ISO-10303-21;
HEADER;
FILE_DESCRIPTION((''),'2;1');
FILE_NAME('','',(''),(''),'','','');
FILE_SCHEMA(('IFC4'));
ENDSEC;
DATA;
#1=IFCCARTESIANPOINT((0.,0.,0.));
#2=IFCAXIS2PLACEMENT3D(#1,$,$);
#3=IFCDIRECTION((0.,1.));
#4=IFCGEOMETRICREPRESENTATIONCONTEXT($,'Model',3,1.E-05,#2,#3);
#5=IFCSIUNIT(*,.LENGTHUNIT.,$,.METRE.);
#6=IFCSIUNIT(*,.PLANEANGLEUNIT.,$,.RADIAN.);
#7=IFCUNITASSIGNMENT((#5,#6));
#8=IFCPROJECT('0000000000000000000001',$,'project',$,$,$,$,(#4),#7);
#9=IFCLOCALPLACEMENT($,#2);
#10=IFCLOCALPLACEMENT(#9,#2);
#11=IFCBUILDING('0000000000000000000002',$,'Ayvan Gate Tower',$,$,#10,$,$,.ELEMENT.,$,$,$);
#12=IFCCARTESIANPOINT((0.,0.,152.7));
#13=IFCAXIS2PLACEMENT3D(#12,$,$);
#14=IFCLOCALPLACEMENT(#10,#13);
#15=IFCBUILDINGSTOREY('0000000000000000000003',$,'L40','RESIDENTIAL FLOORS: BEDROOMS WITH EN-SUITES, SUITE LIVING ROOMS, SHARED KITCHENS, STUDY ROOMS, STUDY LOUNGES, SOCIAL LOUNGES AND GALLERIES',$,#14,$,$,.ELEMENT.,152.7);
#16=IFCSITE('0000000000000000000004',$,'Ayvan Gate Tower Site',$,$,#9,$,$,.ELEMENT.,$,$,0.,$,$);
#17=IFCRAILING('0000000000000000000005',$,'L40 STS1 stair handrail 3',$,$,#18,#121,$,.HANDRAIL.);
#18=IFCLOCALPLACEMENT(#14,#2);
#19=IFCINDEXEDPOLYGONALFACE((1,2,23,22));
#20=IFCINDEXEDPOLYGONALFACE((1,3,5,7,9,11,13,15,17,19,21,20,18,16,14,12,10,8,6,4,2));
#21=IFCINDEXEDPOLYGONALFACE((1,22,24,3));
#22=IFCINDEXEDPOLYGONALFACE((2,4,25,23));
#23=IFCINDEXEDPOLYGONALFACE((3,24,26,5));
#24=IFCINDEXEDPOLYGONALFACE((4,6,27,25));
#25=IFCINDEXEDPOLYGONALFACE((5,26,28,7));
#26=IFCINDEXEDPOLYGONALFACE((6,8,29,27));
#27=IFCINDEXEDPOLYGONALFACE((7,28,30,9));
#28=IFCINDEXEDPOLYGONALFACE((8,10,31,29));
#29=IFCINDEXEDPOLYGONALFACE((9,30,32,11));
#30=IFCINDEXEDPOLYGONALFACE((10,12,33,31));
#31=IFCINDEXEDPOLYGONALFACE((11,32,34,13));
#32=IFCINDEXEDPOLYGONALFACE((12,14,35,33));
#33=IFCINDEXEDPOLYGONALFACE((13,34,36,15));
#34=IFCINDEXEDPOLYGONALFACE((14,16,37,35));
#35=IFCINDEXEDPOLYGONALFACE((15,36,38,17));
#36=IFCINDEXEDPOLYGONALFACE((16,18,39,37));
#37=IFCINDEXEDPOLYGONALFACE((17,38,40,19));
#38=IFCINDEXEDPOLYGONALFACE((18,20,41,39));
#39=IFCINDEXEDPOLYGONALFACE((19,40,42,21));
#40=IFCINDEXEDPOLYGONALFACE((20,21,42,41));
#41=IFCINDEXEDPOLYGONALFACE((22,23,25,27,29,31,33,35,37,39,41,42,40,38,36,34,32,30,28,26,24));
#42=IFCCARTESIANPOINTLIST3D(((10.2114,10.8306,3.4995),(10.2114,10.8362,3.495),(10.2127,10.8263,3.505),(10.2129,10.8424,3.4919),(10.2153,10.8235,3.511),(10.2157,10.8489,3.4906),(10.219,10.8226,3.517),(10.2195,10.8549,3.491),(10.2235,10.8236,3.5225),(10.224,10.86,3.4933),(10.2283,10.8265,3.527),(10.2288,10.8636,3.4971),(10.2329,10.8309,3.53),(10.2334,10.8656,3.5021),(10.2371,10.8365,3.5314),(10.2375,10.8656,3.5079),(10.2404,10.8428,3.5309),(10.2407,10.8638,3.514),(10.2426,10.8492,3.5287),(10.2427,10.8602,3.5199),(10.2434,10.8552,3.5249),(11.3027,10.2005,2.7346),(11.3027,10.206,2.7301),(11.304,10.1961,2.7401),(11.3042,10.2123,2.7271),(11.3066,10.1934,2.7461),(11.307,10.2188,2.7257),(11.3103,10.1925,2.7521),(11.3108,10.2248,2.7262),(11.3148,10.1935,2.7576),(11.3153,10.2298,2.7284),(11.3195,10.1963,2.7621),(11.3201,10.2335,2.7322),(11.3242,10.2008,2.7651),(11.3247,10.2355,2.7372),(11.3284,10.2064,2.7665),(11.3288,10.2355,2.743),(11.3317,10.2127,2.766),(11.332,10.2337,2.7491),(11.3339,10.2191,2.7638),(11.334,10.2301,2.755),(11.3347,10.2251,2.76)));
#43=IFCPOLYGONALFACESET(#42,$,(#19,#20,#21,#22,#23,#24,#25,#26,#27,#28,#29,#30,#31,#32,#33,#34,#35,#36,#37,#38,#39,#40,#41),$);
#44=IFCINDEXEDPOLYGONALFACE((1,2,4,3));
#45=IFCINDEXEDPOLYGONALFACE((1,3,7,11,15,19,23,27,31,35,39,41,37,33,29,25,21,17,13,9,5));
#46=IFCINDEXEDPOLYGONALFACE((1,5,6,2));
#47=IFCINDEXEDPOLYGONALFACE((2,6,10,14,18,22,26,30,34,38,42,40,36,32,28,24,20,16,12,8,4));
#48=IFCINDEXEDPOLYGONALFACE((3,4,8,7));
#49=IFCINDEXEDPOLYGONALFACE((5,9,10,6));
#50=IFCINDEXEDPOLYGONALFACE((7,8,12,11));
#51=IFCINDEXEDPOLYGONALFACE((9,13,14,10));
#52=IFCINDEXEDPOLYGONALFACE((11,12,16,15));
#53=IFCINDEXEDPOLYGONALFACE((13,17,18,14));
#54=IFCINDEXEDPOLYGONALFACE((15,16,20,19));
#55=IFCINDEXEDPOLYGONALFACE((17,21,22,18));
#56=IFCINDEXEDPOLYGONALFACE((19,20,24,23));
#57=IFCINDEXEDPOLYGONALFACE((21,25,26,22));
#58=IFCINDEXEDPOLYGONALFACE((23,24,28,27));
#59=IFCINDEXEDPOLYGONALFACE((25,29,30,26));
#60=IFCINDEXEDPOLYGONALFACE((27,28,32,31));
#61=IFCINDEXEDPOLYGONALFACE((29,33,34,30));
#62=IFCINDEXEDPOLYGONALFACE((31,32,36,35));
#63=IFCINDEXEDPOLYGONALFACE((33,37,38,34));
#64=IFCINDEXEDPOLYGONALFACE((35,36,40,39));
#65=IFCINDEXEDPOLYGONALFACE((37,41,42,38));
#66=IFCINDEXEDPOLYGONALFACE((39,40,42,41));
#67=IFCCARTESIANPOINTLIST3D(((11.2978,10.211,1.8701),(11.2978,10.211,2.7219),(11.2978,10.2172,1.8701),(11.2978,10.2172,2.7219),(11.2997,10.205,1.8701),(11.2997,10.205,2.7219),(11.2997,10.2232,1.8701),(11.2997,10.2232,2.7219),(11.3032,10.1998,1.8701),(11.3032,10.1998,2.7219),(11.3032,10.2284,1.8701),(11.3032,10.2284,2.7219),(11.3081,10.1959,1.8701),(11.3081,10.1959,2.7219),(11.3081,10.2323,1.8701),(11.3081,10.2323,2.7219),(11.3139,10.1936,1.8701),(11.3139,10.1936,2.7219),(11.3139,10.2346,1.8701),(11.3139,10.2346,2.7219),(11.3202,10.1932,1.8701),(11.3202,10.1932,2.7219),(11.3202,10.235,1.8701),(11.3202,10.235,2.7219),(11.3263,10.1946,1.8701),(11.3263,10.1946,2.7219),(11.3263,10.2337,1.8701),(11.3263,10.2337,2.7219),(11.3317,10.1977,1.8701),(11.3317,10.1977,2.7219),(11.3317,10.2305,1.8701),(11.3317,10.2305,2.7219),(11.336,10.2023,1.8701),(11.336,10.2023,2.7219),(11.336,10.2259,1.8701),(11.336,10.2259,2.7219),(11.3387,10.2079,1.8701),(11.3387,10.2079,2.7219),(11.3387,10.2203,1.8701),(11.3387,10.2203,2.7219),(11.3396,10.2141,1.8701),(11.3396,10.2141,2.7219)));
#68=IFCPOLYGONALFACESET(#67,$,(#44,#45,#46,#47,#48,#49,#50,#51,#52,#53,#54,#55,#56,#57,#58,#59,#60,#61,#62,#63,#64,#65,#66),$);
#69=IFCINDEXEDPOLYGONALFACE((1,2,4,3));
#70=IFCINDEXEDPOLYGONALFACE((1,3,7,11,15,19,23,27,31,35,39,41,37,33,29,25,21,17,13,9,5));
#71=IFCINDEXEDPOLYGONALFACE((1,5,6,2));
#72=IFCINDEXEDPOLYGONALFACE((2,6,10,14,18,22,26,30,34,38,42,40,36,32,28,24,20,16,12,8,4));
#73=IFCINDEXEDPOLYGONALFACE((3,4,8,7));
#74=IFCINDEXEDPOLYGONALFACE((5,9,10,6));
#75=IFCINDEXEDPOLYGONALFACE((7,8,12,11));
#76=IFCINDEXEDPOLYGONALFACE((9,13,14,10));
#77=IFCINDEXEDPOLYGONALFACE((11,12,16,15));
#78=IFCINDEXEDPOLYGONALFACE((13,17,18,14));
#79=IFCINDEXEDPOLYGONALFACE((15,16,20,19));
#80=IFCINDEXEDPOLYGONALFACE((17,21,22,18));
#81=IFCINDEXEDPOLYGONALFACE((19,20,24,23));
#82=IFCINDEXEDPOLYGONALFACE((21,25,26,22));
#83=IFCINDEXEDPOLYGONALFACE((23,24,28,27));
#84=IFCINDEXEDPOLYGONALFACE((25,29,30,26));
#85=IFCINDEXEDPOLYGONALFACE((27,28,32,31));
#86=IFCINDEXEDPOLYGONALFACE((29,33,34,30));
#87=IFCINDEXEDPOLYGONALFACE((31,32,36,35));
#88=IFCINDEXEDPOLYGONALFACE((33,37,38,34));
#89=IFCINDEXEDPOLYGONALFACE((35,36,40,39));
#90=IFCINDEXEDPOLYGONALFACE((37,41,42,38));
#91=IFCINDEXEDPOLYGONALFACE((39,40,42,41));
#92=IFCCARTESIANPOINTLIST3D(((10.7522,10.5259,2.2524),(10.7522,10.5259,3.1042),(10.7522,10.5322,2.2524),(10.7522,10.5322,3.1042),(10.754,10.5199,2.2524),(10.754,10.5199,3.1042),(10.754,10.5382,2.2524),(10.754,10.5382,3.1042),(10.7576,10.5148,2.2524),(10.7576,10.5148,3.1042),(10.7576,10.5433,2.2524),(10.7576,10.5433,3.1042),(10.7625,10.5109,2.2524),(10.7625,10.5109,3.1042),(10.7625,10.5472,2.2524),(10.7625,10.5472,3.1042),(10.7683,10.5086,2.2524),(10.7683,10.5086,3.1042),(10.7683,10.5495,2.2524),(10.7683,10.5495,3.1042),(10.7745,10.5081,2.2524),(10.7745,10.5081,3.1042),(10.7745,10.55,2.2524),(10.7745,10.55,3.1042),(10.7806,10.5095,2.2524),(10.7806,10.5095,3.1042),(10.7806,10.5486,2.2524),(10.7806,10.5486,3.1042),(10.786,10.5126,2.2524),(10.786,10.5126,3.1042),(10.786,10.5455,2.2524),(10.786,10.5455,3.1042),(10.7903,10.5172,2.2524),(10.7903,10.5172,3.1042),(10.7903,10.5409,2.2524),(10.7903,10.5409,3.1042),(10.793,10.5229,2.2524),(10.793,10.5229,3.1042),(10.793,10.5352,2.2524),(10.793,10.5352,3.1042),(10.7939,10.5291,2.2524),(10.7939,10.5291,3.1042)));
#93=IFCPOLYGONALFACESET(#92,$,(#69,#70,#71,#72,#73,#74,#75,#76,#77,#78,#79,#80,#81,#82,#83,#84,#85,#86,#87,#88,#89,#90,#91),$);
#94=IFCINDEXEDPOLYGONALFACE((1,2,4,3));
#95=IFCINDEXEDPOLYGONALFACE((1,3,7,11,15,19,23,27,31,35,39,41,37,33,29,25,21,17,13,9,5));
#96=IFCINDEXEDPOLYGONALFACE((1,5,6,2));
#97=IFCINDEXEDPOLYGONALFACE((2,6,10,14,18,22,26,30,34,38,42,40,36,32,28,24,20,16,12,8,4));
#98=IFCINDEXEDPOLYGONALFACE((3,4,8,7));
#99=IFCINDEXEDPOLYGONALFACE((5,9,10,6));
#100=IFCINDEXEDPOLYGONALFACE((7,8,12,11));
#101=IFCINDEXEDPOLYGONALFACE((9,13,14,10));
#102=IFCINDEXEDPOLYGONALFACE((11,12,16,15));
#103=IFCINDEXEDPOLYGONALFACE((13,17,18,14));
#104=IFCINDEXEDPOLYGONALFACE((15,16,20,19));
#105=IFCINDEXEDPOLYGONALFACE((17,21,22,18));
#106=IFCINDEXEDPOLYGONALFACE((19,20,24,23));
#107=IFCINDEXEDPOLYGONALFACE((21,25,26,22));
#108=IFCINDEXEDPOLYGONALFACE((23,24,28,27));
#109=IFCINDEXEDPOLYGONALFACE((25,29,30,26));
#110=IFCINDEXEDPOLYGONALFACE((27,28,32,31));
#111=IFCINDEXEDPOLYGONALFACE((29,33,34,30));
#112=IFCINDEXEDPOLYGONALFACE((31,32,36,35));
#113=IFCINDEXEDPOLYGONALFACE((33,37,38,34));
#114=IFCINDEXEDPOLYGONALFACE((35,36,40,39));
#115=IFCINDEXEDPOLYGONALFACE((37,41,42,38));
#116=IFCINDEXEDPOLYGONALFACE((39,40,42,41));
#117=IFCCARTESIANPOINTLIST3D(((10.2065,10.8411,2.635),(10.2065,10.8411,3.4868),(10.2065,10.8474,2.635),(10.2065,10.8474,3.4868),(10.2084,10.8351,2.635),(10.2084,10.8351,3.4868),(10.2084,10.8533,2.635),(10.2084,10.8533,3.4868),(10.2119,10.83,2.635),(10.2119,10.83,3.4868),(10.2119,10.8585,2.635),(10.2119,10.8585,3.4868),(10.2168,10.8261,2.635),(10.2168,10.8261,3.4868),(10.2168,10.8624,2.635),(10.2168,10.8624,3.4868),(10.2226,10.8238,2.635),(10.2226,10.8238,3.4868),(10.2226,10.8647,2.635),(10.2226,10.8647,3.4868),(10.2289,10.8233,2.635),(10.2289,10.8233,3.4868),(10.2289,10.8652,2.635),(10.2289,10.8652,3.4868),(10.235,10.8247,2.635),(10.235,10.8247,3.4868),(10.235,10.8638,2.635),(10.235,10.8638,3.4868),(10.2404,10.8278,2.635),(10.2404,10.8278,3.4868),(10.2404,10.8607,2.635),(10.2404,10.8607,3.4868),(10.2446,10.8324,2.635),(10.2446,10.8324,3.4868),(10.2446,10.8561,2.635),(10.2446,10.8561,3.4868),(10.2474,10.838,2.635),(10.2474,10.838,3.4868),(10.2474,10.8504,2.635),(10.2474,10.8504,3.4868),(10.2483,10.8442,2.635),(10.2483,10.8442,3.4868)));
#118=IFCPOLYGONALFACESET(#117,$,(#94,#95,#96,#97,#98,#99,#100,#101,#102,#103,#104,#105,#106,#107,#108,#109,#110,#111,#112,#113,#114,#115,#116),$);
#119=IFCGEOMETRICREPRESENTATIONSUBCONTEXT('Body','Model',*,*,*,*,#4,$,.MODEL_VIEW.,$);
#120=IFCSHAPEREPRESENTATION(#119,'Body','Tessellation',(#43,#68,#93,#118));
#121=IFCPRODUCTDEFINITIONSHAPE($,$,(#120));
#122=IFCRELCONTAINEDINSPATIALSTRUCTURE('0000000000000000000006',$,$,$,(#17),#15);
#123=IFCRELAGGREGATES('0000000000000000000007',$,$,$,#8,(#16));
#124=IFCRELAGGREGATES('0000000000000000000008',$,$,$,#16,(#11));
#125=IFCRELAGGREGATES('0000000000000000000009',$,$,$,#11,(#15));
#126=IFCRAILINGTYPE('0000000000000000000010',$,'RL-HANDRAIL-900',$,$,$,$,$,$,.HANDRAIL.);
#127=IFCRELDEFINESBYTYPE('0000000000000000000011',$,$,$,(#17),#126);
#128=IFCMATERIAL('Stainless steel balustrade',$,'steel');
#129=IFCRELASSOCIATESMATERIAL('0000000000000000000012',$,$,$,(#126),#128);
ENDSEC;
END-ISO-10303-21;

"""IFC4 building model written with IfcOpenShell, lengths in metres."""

from ifc_helpers import new_model, si_unit, direction, frame, origin, origin_2d, place, context, subcontext, project, spatial, circle, extrude, material, type_object, element, save


model = new_model("IFC4")

# Units and contexts
model_context = context("Model", 3, precision=1e-05, world=origin(), true_north=direction((0.0, 1.0)))
body_context = subcontext(model_context, "Body", "Model", "MODEL_VIEW")
ifc_project = project(units=[si_unit("LENGTHUNIT", "METRE"), si_unit("PLANEANGLEUNIT", "RADIAN")], contexts=[model_context])

# Site, building, storey
site_placement = place(None, origin())
site = spatial("IfcSite", under=ifc_project, at=site_placement, Name="Ayvan Gate Tower Site", CompositionType="ELEMENT", RefElevation=0.0)
building_placement = place(site_placement, origin())
building = spatial("IfcBuilding", under=site, at=building_placement, Name="Ayvan Gate Tower", CompositionType="ELEMENT")
storey_placement = place(building_placement, frame((0.0, 0.0, 152.7)))
storey = spatial("IfcBuildingStorey", under=building, at=storey_placement, Name="L40", Description="RESIDENTIAL FLOORS: BEDROOMS WITH EN-SUITES, SUITE LIVING ROOMS, SHARED KITCHENS, STUDY ROOMS, STUDY LOUNGES, SOCIAL LOUNGES AND GALLERIES", CompositionType="ELEMENT", Elevation=152.7)

# Railing
ifc_material_1 = material(Name="Stainless steel balustrade", Category="steel")
railing_type_1 = type_object("IfcRailingType", Name="RL-HANDRAIL-900", PredefinedType="HANDRAIL", material=ifc_material_1)
railing_1_placement = place(storey_placement, frame((11.3186, 10.2141, 1.8701)))
element("IfcRailing", 1, at=railing_1_placement, inside=storey, type_object=railing_type_1, Name="L40 STS1 stair handrail 3", PredefinedType="HANDRAIL", context=body_context, shape_type="SweptSolid", body=[
    extrude(circle(Radius=0.0239, at=origin_2d()), frame((0.0, 0.0, 0.876), z_axis=(-0.740304, 0.427455, 0.518875), x_axis=(-0.500035, -0.866005, 0.0)), (0.0, 0.0, 1.0), 1.4741),
    extrude(circle(Radius=0.021, at=origin_2d()), origin(), (0.0, 0.0, 1.0), 0.8518),
    extrude(circle(Radius=0.021, at=origin_2d()), frame((-0.5457, 0.3149, 0.3823)), (0.0, 0.0, 1.0), 0.8518),
    extrude(circle(Radius=0.021, at=origin_2d()), frame((-1.0913, 0.6301, 0.7649)), (0.0, 0.0, 1.0), 0.8518),
])

save(model, "model.ifc")
